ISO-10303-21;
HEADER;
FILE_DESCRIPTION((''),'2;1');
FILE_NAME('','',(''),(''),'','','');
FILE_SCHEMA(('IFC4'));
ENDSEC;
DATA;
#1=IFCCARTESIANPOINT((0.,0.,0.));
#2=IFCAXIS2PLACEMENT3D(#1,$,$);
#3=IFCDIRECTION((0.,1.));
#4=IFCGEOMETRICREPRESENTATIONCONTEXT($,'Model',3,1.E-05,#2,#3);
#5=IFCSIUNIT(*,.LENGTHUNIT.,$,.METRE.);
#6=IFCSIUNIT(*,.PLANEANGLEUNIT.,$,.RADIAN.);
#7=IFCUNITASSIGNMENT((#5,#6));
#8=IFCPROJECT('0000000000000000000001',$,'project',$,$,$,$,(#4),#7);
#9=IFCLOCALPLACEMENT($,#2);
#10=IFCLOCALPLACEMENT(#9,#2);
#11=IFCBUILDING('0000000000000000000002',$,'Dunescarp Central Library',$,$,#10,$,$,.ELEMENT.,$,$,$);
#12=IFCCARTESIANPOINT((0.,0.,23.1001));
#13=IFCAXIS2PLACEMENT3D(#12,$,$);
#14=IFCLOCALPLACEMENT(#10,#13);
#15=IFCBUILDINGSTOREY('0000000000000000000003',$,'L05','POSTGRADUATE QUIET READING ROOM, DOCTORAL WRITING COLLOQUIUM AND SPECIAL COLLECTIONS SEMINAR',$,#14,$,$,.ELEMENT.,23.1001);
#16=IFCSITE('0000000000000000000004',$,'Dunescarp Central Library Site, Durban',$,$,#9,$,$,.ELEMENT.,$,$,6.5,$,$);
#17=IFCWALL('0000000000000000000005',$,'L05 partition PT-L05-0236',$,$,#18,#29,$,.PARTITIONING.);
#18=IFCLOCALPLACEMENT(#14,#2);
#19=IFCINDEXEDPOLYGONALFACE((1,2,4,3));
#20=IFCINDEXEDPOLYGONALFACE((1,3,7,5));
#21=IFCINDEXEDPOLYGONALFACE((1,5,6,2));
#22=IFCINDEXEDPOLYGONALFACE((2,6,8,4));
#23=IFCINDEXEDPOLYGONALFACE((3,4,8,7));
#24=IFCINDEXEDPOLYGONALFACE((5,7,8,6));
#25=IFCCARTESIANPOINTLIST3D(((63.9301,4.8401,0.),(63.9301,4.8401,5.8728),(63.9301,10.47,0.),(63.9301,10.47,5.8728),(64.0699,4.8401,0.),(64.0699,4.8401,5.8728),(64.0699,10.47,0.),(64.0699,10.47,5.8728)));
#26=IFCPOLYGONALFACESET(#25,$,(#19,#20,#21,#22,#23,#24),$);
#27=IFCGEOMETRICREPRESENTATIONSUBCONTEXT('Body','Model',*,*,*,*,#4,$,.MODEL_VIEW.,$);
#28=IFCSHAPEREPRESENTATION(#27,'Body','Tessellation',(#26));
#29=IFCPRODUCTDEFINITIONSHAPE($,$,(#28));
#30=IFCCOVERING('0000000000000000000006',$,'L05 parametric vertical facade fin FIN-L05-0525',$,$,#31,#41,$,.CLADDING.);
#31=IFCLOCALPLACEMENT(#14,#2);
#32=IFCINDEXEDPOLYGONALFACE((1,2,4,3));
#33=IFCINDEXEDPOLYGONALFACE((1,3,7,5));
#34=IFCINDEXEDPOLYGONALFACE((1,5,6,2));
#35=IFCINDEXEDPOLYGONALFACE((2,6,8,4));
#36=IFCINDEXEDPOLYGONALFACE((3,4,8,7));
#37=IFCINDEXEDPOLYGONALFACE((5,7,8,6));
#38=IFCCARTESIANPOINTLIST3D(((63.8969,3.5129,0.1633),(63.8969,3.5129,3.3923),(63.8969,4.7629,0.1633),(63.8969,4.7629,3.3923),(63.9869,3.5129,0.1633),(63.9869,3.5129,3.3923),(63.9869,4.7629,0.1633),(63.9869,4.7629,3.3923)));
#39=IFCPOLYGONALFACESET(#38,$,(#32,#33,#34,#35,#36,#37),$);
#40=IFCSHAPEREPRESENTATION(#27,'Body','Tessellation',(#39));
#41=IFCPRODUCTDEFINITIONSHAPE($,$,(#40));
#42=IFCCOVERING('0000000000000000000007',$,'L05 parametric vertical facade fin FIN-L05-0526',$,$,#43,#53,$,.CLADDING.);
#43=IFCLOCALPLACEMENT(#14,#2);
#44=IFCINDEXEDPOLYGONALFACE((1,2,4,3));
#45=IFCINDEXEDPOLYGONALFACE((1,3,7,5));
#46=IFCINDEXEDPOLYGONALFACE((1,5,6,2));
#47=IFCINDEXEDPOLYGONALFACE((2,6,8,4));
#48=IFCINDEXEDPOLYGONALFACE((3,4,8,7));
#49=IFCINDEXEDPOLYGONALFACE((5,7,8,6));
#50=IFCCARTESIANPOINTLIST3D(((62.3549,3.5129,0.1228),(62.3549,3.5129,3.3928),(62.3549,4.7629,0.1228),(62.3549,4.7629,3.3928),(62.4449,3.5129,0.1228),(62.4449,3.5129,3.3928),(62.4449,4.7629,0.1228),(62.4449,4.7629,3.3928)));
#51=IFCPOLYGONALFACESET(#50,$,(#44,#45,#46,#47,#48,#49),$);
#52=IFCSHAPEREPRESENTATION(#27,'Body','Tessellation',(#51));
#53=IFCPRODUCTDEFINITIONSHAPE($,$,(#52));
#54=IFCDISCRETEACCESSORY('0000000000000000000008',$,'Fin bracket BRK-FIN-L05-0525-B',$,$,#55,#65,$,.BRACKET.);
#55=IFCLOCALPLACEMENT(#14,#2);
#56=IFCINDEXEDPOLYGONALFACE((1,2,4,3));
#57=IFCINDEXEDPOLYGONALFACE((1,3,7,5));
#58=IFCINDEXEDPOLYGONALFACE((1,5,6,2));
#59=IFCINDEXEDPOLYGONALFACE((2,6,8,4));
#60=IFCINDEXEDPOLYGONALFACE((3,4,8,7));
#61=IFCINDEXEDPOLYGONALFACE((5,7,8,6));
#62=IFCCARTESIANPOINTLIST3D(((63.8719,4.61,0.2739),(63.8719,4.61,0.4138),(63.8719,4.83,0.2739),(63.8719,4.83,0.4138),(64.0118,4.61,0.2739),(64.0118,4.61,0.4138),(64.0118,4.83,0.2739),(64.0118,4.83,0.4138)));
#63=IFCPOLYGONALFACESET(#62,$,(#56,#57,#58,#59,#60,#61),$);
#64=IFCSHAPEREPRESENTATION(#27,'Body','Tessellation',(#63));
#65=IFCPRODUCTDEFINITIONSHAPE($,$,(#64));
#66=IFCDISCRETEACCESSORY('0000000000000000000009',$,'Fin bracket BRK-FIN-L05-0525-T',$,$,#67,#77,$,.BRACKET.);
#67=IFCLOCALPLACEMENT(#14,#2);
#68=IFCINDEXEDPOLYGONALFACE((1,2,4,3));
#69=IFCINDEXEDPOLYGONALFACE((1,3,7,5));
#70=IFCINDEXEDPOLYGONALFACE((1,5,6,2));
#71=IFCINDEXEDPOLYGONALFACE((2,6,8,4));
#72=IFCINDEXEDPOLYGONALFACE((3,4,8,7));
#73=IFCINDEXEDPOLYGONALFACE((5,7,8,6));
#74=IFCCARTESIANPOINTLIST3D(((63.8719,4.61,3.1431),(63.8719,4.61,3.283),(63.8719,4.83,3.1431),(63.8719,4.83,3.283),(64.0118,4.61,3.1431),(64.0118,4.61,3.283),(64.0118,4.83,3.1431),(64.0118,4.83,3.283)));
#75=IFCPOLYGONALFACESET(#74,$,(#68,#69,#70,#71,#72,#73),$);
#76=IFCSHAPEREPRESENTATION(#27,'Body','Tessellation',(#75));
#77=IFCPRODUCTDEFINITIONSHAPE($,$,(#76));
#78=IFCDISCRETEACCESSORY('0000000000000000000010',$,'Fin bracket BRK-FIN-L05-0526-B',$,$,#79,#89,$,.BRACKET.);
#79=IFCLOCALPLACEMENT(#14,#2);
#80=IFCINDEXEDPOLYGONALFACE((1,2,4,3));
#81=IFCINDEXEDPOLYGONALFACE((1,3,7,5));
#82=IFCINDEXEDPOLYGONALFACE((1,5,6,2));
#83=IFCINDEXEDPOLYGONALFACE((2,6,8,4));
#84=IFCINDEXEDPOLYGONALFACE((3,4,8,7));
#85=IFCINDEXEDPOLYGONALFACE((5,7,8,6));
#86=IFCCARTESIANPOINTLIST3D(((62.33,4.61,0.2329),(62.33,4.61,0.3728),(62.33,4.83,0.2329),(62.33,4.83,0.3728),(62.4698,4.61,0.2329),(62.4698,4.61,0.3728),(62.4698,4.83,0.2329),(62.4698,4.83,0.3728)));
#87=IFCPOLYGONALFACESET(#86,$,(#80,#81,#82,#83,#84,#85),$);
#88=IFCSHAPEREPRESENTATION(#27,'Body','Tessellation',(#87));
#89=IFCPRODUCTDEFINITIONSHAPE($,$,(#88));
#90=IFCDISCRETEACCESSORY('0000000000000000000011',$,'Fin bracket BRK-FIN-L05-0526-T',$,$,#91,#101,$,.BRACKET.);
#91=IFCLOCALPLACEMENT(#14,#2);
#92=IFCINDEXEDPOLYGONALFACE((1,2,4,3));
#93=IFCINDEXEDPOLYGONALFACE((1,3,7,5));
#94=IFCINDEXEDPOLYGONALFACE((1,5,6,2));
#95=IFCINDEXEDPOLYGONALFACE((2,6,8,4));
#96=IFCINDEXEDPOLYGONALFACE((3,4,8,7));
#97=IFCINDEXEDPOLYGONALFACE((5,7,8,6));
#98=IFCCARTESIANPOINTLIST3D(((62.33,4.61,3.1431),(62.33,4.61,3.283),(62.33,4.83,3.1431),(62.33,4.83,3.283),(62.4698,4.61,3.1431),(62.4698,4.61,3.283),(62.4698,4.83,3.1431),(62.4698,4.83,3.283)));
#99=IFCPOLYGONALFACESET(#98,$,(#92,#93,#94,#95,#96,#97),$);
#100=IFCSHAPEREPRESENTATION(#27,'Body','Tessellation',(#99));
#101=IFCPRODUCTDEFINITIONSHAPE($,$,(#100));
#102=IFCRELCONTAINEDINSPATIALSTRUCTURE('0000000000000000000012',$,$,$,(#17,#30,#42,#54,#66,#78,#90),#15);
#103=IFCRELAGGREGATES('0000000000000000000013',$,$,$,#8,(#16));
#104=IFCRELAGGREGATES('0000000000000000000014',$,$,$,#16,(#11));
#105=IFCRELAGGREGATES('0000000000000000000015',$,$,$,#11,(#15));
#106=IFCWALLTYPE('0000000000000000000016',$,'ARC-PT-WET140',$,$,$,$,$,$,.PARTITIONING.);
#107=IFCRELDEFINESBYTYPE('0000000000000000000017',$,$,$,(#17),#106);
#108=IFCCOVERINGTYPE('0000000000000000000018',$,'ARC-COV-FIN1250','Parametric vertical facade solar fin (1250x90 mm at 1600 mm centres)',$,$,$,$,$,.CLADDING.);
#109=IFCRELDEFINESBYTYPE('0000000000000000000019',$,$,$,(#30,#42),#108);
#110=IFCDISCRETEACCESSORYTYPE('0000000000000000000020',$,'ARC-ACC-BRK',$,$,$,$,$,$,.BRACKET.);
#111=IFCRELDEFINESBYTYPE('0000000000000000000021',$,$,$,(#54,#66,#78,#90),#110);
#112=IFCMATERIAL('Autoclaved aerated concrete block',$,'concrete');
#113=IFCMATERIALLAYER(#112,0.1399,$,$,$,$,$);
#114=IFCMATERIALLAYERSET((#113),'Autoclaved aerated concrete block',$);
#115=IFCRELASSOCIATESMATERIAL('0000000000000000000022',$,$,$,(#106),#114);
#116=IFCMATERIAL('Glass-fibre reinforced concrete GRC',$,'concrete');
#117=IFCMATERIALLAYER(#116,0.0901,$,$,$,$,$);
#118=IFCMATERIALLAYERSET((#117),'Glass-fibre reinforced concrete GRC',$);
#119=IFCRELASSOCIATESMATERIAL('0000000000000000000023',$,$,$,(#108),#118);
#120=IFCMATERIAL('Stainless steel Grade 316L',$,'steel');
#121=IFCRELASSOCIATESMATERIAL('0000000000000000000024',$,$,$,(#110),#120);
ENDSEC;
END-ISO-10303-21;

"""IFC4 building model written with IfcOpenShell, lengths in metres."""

from ifc_helpers import new_model, si_unit, direction, frame, frame_2d, origin, origin_2d, place, context, subcontext, project, spatial, rectangle, extrude, material, layer, layer_set, type_object, element, save


model = new_model("IFC4")

# Units and contexts
model_context = context("Model", 3, precision=1e-05, world=origin(), true_north=direction((0.0, 1.0)))
body_context = subcontext(model_context, "Body", "Model", "MODEL_VIEW")
ifc_project = project(units=[si_unit("LENGTHUNIT", "METRE"), si_unit("PLANEANGLEUNIT", "RADIAN")], contexts=[model_context])

# Site, building, storey
site_placement = place(None, origin())
site = spatial("IfcSite", under=ifc_project, at=site_placement, Name="Dunescarp Central Library Site, Durban", CompositionType="ELEMENT", RefElevation=6.5)
building_placement = place(site_placement, origin())
building = spatial("IfcBuilding", under=site, at=building_placement, Name="Dunescarp Central Library", CompositionType="ELEMENT")
storey_placement = place(building_placement, frame((0.0, 0.0, 23.1001)))
storey = spatial("IfcBuildingStorey", under=building, at=storey_placement, Name="L05", Description="POSTGRADUATE QUIET READING ROOM, DOCTORAL WRITING COLLOQUIUM AND SPECIAL COLLECTIONS SEMINAR", CompositionType="ELEMENT", Elevation=23.1001)

# Wall
ifc_material_1 = material(Name="Autoclaved aerated concrete block", Category="concrete")
ifc_layer_1 = layer(ifc_material_1, 0.1399)
ifc_layer_set_1 = layer_set([ifc_layer_1], Name="Autoclaved aerated concrete block")
wall_type = type_object("IfcWallType", Name="ARC-PT-WET140", PredefinedType="PARTITIONING", material=ifc_layer_set_1)
wall_placement = place(storey_placement, frame((64.0, 4.8401, 0.0), z_axis=(0.0, 0.0, 1.0), x_axis=(0.0, 1.0, 0.0)))
element("IfcWall", 1, at=wall_placement, inside=storey, type_object=wall_type, Name="L05 partition PT-L05-0236", PredefinedType="PARTITIONING", context=body_context, shape_type="SweptSolid", body=[
    extrude(rectangle(XDim=5.6299, YDim=0.1399, at=frame_2d((2.8149, 0.0))), origin(), (0.0, 0.0, 1.0), 5.8728),
])

# Coverings
ifc_material_2 = material(Name="Glass-fibre reinforced concrete GRC", Category="concrete")
ifc_layer_2 = layer(ifc_material_2, 0.0901)
ifc_layer_set_2 = layer_set([ifc_layer_2], Name="Glass-fibre reinforced concrete GRC")
covering_type = type_object("IfcCoveringType", Name="ARC-COV-FIN1250", Description="Parametric vertical facade solar fin (1250x90 mm at 1600 mm centres)", PredefinedType="CLADDING", material=ifc_layer_set_2)
covering_1_placement = place(storey_placement, frame((63.9419, 4.1379, 0.1633), z_axis=(0.0, 0.0, 1.0), x_axis=(0.0, -1.0, 0.0)))
element("IfcCovering", 2, at=covering_1_placement, inside=storey, type_object=covering_type, Name="L05 parametric vertical facade fin FIN-L05-0525", PredefinedType="CLADDING", context=body_context, shape_type="SweptSolid", body=[
    extrude(rectangle(XDim=1.25, YDim=0.0901, at=origin_2d()), origin(), (0.0, 0.0, 1.0), 3.229),
])
covering_2_placement = place(storey_placement, frame((62.3999, 4.1379, 0.1228), z_axis=(0.0, 0.0, 1.0), x_axis=(0.0, -1.0, 0.0)))
element("IfcCovering", 3, at=covering_2_placement, inside=storey, type_object=covering_type, Name="L05 parametric vertical facade fin FIN-L05-0526", PredefinedType="CLADDING", context=body_context, shape_type="SweptSolid", body=[
    extrude(rectangle(XDim=1.25, YDim=0.0901, at=origin_2d()), origin(), (0.0, 0.0, 1.0), 3.27),
])

# Discrete accessories
ifc_material_3 = material(Name="Stainless steel Grade 316L", Category="steel")
discrete_accessory_type = type_object("IfcDiscreteAccessoryType", Name="ARC-ACC-BRK", PredefinedType="BRACKET", material=ifc_material_3)
for number, where, z_axis, x_axis, name in (
    (4, (63.9419, 4.72, 0.2739), (0.0, 0.0, 1.0), (0.0, -1.0, 0.0), "Fin bracket BRK-FIN-L05-0525-B"),
    (5, (63.9419, 4.72, 3.1431), (0.0, 0.0, 1.0), (0.0, -1.0, 0.0), "Fin bracket BRK-FIN-L05-0525-T"),
    (6, (62.3999, 4.72, 0.2329), (0.0, 0.0, 1.0), (0.0, -1.0, 0.0), "Fin bracket BRK-FIN-L05-0526-B"),
    (7, (62.3999, 4.72, 3.1431), (0.0, 0.0, 1.0), (0.0, -1.0, 0.0), "Fin bracket BRK-FIN-L05-0526-T"),
):
    element("IfcDiscreteAccessory", number, at=place(storey_placement, frame(where, z_axis=z_axis, x_axis=x_axis)), inside=storey, type_object=discrete_accessory_type, Name=name, PredefinedType="BRACKET", context=body_context, shape_type="SweptSolid", body=[
        extrude(rectangle(XDim=0.22, YDim=0.1399, at=origin_2d()), origin(), (0.0, 0.0, 1.0), 0.1399),
    ])

save(model, "model.ifc")
